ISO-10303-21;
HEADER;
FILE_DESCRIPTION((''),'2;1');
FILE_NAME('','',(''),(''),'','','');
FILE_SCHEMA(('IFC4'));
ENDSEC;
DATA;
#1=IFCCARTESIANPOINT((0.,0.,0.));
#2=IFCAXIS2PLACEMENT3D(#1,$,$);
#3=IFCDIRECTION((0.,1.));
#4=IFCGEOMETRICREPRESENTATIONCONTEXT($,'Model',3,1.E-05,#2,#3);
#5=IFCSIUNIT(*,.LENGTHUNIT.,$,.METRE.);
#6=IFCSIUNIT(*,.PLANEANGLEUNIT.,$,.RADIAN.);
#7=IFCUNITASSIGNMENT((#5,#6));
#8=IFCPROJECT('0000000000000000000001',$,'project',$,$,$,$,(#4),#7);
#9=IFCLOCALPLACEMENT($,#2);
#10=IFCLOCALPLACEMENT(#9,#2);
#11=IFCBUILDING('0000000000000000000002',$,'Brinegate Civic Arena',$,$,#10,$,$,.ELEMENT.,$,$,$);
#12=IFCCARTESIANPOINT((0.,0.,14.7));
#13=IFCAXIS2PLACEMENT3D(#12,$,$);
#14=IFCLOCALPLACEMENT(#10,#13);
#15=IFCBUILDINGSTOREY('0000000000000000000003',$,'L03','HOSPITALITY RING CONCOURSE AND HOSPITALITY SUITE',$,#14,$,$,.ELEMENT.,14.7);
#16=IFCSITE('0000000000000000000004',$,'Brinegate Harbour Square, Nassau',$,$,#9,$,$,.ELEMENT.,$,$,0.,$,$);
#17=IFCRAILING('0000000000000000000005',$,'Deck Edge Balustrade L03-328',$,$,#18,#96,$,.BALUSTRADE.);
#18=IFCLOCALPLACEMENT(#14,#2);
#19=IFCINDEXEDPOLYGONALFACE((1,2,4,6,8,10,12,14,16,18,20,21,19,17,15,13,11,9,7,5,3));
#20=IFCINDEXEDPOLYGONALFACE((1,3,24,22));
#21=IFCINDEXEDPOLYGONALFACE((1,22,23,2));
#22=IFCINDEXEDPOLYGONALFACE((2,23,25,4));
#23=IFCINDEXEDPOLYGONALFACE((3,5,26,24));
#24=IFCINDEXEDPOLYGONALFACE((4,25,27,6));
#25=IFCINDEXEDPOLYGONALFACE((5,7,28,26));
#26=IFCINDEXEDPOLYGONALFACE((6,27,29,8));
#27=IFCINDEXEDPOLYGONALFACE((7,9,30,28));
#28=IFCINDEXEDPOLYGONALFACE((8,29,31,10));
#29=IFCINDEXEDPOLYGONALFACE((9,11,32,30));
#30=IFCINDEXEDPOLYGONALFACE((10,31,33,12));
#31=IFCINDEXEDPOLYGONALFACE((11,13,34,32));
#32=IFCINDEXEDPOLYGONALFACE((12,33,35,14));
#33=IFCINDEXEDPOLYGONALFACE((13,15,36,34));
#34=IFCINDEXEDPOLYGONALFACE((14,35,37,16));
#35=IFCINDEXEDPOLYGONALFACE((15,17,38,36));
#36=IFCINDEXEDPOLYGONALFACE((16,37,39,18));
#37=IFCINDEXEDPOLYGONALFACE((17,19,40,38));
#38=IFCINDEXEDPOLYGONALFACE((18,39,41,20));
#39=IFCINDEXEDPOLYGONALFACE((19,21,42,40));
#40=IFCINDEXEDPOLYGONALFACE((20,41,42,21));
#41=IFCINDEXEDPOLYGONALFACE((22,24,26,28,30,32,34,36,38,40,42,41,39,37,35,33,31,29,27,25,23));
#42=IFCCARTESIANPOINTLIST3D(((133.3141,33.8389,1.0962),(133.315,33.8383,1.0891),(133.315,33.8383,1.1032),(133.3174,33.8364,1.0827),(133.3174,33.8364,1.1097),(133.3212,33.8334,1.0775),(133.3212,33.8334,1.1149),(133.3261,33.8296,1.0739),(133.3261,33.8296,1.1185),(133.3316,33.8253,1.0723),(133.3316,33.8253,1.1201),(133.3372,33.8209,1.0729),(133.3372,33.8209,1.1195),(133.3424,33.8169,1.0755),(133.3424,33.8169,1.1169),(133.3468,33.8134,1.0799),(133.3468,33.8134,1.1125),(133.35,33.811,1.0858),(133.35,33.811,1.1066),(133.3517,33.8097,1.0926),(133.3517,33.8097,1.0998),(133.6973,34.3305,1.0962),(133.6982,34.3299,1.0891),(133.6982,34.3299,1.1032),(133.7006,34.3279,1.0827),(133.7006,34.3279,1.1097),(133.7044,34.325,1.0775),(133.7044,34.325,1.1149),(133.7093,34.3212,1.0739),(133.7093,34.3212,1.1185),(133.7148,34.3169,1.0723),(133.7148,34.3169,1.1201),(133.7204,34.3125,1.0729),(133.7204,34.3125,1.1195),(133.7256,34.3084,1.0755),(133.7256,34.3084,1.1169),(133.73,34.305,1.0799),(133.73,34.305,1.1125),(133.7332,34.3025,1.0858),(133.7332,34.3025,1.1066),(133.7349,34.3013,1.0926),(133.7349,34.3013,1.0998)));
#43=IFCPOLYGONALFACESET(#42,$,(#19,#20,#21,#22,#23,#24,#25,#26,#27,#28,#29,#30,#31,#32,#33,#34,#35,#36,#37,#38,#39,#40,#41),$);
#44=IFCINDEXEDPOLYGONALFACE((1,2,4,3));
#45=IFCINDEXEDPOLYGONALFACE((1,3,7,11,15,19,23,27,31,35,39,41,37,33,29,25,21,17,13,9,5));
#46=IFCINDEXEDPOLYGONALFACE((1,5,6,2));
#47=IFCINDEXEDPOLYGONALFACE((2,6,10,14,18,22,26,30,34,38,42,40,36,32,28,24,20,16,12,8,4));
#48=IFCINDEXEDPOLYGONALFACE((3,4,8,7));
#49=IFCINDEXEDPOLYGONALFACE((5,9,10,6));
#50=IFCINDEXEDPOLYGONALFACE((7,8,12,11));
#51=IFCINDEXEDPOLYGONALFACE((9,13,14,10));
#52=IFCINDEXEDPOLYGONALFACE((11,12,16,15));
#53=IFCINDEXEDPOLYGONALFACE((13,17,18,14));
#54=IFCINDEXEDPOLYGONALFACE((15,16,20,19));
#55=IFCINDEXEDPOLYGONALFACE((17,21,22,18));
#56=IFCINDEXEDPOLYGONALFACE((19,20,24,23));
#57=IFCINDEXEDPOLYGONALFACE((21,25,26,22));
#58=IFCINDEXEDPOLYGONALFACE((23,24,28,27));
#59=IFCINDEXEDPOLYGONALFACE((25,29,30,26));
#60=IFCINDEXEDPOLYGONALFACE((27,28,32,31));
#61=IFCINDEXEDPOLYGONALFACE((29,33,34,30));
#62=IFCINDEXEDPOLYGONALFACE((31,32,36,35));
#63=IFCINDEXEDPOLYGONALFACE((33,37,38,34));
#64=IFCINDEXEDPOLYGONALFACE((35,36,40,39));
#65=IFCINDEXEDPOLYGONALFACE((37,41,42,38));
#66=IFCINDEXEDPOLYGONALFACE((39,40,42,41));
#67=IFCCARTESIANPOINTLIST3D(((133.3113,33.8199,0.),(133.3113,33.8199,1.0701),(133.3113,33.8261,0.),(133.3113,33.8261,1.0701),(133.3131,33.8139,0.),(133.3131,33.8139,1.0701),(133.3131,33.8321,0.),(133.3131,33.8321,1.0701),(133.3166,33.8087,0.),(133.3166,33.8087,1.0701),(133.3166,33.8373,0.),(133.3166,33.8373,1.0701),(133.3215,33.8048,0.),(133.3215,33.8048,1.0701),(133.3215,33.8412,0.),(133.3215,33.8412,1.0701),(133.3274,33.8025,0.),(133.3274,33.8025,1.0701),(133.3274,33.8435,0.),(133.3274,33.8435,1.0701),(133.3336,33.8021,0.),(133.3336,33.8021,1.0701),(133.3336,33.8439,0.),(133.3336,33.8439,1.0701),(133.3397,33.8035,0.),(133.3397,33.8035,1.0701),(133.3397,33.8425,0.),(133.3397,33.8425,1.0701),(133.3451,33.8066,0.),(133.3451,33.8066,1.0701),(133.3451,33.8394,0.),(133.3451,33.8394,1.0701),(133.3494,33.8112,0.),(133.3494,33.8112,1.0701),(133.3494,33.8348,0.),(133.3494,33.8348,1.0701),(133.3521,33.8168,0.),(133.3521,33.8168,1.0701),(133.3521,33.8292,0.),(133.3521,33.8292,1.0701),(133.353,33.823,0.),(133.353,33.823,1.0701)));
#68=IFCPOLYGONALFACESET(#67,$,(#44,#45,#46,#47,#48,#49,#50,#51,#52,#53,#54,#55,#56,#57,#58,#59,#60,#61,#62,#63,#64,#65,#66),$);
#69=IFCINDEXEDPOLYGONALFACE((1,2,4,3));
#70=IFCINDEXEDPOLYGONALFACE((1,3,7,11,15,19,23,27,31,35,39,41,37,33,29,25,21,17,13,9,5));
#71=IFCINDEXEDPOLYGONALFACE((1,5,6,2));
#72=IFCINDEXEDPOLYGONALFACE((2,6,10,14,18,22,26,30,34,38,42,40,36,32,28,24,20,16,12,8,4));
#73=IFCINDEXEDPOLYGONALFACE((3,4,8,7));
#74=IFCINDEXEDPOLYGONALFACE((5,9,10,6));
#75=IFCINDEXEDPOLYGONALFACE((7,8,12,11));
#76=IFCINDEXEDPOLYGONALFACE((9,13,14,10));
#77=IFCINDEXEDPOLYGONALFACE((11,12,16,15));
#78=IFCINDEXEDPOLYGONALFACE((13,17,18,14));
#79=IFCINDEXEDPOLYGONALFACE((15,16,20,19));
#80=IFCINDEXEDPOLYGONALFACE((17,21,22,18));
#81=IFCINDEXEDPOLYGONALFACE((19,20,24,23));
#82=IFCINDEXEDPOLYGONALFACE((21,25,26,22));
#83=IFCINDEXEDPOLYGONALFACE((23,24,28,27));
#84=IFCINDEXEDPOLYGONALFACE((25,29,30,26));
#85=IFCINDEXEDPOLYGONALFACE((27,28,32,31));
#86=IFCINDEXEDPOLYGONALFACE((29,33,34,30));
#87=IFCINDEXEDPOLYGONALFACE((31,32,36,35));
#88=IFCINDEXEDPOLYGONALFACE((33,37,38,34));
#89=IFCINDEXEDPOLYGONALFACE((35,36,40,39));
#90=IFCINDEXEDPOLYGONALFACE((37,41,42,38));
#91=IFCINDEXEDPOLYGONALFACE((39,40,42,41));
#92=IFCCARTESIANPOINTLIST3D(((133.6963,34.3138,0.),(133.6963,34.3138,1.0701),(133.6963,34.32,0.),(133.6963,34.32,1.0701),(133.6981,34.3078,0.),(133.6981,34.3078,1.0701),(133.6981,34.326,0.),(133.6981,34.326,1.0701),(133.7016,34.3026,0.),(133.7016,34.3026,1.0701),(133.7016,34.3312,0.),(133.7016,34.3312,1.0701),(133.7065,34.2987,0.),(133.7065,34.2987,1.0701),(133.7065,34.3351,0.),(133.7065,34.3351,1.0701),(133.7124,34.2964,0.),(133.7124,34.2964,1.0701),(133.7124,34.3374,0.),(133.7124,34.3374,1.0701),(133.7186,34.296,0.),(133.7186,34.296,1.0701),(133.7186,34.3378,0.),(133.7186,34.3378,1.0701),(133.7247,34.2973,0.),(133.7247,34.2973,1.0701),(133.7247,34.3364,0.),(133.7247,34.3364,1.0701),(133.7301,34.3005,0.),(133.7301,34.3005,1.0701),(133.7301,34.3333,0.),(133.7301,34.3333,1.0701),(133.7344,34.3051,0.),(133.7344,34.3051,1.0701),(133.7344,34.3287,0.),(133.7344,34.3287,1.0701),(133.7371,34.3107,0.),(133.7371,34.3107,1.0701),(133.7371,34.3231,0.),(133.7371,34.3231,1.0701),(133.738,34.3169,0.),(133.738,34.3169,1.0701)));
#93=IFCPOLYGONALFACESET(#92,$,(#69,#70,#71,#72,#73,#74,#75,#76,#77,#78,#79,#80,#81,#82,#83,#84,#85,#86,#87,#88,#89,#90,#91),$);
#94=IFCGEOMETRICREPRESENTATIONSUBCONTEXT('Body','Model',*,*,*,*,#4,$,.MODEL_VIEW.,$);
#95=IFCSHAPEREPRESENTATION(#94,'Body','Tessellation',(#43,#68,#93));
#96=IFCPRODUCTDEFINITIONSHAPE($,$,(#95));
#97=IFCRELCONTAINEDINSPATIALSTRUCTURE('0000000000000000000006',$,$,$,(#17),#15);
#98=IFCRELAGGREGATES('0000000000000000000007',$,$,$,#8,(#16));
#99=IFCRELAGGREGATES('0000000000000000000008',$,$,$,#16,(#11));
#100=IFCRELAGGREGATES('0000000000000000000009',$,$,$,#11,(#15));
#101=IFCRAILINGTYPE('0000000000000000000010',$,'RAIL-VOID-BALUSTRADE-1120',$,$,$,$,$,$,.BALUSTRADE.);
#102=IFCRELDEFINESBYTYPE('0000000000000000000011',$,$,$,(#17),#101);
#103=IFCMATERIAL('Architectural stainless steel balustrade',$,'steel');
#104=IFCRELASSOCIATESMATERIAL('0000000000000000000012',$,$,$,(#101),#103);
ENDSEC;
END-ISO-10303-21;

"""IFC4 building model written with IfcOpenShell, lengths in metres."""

from ifc_helpers import new_model, si_unit, direction, frame, origin, origin_2d, place, context, subcontext, project, spatial, circle, extrude, material, type_object, element, save


model = new_model("IFC4")

# Units and contexts
model_context = context("Model", 3, precision=1e-05, world=origin(), true_north=direction((0.0, 1.0)))
body_context = subcontext(model_context, "Body", "Model", "MODEL_VIEW")
ifc_project = project(units=[si_unit("LENGTHUNIT", "METRE"), si_unit("PLANEANGLEUNIT", "RADIAN")], contexts=[model_context])

# Site, building, storey
site_placement = place(None, origin())
site = spatial("IfcSite", under=ifc_project, at=site_placement, Name="Brinegate Harbour Square, Nassau", CompositionType="ELEMENT", RefElevation=0.0)
building_placement = place(site_placement, origin())
building = spatial("IfcBuilding", under=site, at=building_placement, Name="Brinegate Civic Arena", CompositionType="ELEMENT")
storey_placement = place(building_placement, frame((0.0, 0.0, 14.7)))
storey = spatial("IfcBuildingStorey", under=building, at=storey_placement, Name="L03", Description="HOSPITALITY RING CONCOURSE AND HOSPITALITY SUITE", CompositionType="ELEMENT", Elevation=14.7)

# Railing
ifc_material_1 = material(Name="Architectural stainless steel balustrade", Category="steel")
railing_type = type_object("IfcRailingType", Name="RAIL-VOID-BALUSTRADE-1120", PredefinedType="BALUSTRADE", material=ifc_material_1)
railing_1_placement = place(storey_placement, frame((133.332, 33.823, 0.0)))
element("IfcRailing", 1, at=railing_1_placement, inside=storey, type_object=railing_type, Name="Deck Edge Balustrade L03-328", PredefinedType="BALUSTRADE", context=body_context, shape_type="SweptSolid", body=[
    extrude(circle(Radius=0.0239, at=origin_2d()), frame((0.001, 0.0012, 1.0962), z_axis=(0.614804, 0.78868, 0.0), x_axis=(-0.78868, 0.614804, 0.0)), (0.0, 0.0, 1.0), 0.6233),
    extrude(circle(Radius=0.021, at=origin_2d()), origin(), (0.0, 0.0, 1.0), 1.0701),
    extrude(circle(Radius=0.021, at=origin_2d()), frame((0.385, 0.4939, 0.0)), (0.0, 0.0, 1.0), 1.0701),
])

save(model, "model.ifc")
